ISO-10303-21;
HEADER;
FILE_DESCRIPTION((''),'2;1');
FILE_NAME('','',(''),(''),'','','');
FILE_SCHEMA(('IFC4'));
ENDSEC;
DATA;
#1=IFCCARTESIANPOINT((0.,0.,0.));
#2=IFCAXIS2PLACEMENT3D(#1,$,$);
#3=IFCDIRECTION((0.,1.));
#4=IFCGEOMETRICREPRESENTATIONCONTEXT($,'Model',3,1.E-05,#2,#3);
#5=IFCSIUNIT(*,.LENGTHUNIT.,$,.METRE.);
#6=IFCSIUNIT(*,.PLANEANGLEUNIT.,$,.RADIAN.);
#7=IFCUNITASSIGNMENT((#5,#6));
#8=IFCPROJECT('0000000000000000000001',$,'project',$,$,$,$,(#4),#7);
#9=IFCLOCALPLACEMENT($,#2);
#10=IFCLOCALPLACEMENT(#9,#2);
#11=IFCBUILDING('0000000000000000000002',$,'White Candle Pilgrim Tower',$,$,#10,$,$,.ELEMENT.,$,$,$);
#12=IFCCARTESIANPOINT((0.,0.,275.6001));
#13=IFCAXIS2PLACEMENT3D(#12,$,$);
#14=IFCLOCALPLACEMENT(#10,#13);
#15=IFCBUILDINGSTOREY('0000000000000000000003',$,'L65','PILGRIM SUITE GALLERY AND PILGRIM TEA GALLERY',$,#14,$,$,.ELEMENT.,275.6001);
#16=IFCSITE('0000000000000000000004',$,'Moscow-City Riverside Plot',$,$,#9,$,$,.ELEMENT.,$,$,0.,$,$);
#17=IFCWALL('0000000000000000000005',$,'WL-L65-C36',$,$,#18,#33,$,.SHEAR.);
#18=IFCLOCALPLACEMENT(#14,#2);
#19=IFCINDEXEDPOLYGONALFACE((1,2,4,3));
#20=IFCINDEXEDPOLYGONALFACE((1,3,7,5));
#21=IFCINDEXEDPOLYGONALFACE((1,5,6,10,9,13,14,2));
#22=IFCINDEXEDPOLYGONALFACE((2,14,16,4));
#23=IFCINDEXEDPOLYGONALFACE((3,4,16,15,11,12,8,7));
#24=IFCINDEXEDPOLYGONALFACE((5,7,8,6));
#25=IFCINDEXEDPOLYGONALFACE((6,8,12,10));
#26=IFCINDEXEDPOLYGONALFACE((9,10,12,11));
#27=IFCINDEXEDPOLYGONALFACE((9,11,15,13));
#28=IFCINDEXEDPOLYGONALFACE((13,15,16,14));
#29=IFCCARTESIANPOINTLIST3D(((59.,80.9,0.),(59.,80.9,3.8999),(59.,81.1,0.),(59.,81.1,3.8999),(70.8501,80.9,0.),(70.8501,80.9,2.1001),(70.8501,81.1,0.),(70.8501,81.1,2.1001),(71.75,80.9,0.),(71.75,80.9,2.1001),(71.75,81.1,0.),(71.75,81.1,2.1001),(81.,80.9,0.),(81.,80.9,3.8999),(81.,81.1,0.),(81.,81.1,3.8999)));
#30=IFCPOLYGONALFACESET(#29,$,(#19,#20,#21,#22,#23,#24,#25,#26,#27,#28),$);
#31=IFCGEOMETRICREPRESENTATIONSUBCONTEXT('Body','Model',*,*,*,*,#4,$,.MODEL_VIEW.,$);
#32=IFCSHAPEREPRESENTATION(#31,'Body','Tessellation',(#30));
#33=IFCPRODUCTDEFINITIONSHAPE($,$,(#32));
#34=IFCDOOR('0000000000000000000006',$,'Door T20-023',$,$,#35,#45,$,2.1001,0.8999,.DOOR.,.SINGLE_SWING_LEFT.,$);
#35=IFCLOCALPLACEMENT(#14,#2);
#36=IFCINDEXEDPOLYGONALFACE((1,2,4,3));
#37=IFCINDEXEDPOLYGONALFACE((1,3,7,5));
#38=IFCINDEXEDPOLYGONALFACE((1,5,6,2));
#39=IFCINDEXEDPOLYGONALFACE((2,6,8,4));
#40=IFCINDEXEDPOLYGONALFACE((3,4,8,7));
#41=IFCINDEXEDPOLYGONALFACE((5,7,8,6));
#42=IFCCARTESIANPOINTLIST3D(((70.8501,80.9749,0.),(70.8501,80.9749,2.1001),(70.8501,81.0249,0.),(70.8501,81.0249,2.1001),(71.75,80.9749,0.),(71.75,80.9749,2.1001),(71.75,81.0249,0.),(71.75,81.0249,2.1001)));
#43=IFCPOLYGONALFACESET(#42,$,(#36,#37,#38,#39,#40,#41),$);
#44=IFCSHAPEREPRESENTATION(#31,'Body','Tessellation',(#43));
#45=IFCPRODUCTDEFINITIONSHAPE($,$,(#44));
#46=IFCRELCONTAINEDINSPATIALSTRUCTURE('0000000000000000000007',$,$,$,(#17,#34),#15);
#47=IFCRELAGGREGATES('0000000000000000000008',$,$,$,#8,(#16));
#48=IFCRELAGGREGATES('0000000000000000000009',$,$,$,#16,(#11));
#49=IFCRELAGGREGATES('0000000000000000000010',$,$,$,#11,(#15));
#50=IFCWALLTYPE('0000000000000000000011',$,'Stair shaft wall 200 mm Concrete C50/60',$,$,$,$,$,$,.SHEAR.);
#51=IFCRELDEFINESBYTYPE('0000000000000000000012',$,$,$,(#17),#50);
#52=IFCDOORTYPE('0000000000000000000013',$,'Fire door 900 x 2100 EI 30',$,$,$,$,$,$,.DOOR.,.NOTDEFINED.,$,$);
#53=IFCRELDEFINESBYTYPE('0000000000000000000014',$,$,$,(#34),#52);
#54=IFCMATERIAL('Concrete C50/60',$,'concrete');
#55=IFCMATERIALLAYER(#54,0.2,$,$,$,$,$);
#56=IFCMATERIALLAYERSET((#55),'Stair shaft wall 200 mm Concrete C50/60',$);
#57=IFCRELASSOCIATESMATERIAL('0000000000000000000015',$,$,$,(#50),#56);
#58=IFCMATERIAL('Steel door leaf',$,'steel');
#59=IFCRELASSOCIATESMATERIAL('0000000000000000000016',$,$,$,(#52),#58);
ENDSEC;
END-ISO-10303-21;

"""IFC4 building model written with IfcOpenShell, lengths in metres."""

from ifc_helpers import new_model, si_unit, direction, frame, frame_2d, origin, place, context, subcontext, project, spatial, rectangle, extrude, material, layer, layer_set, type_object, element, fill, save


model = new_model("IFC4")

# Units and contexts
model_context = context("Model", 3, precision=1e-05, world=origin(), true_north=direction((0.0, 1.0)))
body_context = subcontext(model_context, "Body", "Model", "MODEL_VIEW")
ifc_project = project(units=[si_unit("LENGTHUNIT", "METRE"), si_unit("PLANEANGLEUNIT", "RADIAN")], contexts=[model_context])

# Site, building, storey
site_placement = place(None, origin())
site = spatial("IfcSite", under=ifc_project, at=site_placement, Name="Moscow-City Riverside Plot", CompositionType="ELEMENT", RefElevation=0.0)
building_placement = place(site_placement, origin())
building = spatial("IfcBuilding", under=site, at=building_placement, Name="White Candle Pilgrim Tower", CompositionType="ELEMENT")
storey_placement = place(building_placement, frame((0.0, 0.0, 275.6001)))
storey = spatial("IfcBuildingStorey", under=building, at=storey_placement, Name="L65", Description="PILGRIM SUITE GALLERY AND PILGRIM TEA GALLERY", CompositionType="ELEMENT", Elevation=275.6001)

# Shared definitions
ifc_material_1 = material(Name="Concrete C50/60", Category="concrete")

# Wall, opening, door
ifc_layer_1 = layer(ifc_material_1, 0.2)
ifc_layer_set_1 = layer_set([ifc_layer_1], Name="Stair shaft wall 200 mm Concrete C50/60")
wall_type_1 = type_object("IfcWallType", Name="Stair shaft wall 200 mm Concrete C50/60", PredefinedType="SHEAR", material=ifc_layer_set_1)
wall_1_placement = place(storey_placement, frame((59.0, 81.0, 0.0), z_axis=(0.0, 0.0, 1.0), x_axis=(1.0, 0.0, 0.0)))
wall_1 = element("IfcWall", 1, at=wall_1_placement, inside=storey, type_object=wall_type_1, Name="WL-L65-C36", PredefinedType="SHEAR", context=body_context, shape_type="SweptSolid", body=[
    extrude(rectangle(XDim=22.0, YDim=0.2, at=frame_2d((11.0, 0.0))), origin(), (0.0, 0.0, 1.0), 3.8999),
])
opening_1_placement = place(wall_1_placement, frame((11.8501, 0.0, 0.0)))
opening_1 = element("IfcOpeningElement", 2, at=opening_1_placement, cuts=wall_1, PredefinedType="OPENING", context=body_context, shape_type="SweptSolid", body=[
    extrude(rectangle(XDim=0.8999, YDim=2.1001, at=frame_2d((0.45, 1.05))), frame((0.0, 0.1099, 0.0), z_axis=(0.0, -1.0, 0.0), x_axis=(1.0, 0.0, 0.0)), (0.0, 0.0, 1.0), 0.22),
])
ifc_material_2 = material(Name="Steel door leaf", Category="steel")
door_type_1 = type_object("IfcDoorType", Name="Fire door 900 x 2100 EI 30", OperationType="NOTDEFINED", PredefinedType="DOOR", material=ifc_material_2)
door_1_placement = place(opening_1_placement, origin())
door_1 = element("IfcDoor", 3, at=door_1_placement, inside=storey, type_object=door_type_1, Name="Door T20-023", OperationType="SINGLE_SWING_LEFT", OverallHeight=2.1001, OverallWidth=0.8999, PredefinedType="DOOR", context=body_context, shape_type="SweptSolid", body=[
    extrude(rectangle(XDim=0.8999, YDim=2.1001, at=frame_2d((0.45, 1.05))), frame((0.0, 0.0249, 0.0), z_axis=(0.0, -1.0, 0.0), x_axis=(1.0, 0.0, 0.0)), (0.0, 0.0, 1.0), 0.05),
])
fill(opening_1, door_1)

save(model, "model.ifc")
